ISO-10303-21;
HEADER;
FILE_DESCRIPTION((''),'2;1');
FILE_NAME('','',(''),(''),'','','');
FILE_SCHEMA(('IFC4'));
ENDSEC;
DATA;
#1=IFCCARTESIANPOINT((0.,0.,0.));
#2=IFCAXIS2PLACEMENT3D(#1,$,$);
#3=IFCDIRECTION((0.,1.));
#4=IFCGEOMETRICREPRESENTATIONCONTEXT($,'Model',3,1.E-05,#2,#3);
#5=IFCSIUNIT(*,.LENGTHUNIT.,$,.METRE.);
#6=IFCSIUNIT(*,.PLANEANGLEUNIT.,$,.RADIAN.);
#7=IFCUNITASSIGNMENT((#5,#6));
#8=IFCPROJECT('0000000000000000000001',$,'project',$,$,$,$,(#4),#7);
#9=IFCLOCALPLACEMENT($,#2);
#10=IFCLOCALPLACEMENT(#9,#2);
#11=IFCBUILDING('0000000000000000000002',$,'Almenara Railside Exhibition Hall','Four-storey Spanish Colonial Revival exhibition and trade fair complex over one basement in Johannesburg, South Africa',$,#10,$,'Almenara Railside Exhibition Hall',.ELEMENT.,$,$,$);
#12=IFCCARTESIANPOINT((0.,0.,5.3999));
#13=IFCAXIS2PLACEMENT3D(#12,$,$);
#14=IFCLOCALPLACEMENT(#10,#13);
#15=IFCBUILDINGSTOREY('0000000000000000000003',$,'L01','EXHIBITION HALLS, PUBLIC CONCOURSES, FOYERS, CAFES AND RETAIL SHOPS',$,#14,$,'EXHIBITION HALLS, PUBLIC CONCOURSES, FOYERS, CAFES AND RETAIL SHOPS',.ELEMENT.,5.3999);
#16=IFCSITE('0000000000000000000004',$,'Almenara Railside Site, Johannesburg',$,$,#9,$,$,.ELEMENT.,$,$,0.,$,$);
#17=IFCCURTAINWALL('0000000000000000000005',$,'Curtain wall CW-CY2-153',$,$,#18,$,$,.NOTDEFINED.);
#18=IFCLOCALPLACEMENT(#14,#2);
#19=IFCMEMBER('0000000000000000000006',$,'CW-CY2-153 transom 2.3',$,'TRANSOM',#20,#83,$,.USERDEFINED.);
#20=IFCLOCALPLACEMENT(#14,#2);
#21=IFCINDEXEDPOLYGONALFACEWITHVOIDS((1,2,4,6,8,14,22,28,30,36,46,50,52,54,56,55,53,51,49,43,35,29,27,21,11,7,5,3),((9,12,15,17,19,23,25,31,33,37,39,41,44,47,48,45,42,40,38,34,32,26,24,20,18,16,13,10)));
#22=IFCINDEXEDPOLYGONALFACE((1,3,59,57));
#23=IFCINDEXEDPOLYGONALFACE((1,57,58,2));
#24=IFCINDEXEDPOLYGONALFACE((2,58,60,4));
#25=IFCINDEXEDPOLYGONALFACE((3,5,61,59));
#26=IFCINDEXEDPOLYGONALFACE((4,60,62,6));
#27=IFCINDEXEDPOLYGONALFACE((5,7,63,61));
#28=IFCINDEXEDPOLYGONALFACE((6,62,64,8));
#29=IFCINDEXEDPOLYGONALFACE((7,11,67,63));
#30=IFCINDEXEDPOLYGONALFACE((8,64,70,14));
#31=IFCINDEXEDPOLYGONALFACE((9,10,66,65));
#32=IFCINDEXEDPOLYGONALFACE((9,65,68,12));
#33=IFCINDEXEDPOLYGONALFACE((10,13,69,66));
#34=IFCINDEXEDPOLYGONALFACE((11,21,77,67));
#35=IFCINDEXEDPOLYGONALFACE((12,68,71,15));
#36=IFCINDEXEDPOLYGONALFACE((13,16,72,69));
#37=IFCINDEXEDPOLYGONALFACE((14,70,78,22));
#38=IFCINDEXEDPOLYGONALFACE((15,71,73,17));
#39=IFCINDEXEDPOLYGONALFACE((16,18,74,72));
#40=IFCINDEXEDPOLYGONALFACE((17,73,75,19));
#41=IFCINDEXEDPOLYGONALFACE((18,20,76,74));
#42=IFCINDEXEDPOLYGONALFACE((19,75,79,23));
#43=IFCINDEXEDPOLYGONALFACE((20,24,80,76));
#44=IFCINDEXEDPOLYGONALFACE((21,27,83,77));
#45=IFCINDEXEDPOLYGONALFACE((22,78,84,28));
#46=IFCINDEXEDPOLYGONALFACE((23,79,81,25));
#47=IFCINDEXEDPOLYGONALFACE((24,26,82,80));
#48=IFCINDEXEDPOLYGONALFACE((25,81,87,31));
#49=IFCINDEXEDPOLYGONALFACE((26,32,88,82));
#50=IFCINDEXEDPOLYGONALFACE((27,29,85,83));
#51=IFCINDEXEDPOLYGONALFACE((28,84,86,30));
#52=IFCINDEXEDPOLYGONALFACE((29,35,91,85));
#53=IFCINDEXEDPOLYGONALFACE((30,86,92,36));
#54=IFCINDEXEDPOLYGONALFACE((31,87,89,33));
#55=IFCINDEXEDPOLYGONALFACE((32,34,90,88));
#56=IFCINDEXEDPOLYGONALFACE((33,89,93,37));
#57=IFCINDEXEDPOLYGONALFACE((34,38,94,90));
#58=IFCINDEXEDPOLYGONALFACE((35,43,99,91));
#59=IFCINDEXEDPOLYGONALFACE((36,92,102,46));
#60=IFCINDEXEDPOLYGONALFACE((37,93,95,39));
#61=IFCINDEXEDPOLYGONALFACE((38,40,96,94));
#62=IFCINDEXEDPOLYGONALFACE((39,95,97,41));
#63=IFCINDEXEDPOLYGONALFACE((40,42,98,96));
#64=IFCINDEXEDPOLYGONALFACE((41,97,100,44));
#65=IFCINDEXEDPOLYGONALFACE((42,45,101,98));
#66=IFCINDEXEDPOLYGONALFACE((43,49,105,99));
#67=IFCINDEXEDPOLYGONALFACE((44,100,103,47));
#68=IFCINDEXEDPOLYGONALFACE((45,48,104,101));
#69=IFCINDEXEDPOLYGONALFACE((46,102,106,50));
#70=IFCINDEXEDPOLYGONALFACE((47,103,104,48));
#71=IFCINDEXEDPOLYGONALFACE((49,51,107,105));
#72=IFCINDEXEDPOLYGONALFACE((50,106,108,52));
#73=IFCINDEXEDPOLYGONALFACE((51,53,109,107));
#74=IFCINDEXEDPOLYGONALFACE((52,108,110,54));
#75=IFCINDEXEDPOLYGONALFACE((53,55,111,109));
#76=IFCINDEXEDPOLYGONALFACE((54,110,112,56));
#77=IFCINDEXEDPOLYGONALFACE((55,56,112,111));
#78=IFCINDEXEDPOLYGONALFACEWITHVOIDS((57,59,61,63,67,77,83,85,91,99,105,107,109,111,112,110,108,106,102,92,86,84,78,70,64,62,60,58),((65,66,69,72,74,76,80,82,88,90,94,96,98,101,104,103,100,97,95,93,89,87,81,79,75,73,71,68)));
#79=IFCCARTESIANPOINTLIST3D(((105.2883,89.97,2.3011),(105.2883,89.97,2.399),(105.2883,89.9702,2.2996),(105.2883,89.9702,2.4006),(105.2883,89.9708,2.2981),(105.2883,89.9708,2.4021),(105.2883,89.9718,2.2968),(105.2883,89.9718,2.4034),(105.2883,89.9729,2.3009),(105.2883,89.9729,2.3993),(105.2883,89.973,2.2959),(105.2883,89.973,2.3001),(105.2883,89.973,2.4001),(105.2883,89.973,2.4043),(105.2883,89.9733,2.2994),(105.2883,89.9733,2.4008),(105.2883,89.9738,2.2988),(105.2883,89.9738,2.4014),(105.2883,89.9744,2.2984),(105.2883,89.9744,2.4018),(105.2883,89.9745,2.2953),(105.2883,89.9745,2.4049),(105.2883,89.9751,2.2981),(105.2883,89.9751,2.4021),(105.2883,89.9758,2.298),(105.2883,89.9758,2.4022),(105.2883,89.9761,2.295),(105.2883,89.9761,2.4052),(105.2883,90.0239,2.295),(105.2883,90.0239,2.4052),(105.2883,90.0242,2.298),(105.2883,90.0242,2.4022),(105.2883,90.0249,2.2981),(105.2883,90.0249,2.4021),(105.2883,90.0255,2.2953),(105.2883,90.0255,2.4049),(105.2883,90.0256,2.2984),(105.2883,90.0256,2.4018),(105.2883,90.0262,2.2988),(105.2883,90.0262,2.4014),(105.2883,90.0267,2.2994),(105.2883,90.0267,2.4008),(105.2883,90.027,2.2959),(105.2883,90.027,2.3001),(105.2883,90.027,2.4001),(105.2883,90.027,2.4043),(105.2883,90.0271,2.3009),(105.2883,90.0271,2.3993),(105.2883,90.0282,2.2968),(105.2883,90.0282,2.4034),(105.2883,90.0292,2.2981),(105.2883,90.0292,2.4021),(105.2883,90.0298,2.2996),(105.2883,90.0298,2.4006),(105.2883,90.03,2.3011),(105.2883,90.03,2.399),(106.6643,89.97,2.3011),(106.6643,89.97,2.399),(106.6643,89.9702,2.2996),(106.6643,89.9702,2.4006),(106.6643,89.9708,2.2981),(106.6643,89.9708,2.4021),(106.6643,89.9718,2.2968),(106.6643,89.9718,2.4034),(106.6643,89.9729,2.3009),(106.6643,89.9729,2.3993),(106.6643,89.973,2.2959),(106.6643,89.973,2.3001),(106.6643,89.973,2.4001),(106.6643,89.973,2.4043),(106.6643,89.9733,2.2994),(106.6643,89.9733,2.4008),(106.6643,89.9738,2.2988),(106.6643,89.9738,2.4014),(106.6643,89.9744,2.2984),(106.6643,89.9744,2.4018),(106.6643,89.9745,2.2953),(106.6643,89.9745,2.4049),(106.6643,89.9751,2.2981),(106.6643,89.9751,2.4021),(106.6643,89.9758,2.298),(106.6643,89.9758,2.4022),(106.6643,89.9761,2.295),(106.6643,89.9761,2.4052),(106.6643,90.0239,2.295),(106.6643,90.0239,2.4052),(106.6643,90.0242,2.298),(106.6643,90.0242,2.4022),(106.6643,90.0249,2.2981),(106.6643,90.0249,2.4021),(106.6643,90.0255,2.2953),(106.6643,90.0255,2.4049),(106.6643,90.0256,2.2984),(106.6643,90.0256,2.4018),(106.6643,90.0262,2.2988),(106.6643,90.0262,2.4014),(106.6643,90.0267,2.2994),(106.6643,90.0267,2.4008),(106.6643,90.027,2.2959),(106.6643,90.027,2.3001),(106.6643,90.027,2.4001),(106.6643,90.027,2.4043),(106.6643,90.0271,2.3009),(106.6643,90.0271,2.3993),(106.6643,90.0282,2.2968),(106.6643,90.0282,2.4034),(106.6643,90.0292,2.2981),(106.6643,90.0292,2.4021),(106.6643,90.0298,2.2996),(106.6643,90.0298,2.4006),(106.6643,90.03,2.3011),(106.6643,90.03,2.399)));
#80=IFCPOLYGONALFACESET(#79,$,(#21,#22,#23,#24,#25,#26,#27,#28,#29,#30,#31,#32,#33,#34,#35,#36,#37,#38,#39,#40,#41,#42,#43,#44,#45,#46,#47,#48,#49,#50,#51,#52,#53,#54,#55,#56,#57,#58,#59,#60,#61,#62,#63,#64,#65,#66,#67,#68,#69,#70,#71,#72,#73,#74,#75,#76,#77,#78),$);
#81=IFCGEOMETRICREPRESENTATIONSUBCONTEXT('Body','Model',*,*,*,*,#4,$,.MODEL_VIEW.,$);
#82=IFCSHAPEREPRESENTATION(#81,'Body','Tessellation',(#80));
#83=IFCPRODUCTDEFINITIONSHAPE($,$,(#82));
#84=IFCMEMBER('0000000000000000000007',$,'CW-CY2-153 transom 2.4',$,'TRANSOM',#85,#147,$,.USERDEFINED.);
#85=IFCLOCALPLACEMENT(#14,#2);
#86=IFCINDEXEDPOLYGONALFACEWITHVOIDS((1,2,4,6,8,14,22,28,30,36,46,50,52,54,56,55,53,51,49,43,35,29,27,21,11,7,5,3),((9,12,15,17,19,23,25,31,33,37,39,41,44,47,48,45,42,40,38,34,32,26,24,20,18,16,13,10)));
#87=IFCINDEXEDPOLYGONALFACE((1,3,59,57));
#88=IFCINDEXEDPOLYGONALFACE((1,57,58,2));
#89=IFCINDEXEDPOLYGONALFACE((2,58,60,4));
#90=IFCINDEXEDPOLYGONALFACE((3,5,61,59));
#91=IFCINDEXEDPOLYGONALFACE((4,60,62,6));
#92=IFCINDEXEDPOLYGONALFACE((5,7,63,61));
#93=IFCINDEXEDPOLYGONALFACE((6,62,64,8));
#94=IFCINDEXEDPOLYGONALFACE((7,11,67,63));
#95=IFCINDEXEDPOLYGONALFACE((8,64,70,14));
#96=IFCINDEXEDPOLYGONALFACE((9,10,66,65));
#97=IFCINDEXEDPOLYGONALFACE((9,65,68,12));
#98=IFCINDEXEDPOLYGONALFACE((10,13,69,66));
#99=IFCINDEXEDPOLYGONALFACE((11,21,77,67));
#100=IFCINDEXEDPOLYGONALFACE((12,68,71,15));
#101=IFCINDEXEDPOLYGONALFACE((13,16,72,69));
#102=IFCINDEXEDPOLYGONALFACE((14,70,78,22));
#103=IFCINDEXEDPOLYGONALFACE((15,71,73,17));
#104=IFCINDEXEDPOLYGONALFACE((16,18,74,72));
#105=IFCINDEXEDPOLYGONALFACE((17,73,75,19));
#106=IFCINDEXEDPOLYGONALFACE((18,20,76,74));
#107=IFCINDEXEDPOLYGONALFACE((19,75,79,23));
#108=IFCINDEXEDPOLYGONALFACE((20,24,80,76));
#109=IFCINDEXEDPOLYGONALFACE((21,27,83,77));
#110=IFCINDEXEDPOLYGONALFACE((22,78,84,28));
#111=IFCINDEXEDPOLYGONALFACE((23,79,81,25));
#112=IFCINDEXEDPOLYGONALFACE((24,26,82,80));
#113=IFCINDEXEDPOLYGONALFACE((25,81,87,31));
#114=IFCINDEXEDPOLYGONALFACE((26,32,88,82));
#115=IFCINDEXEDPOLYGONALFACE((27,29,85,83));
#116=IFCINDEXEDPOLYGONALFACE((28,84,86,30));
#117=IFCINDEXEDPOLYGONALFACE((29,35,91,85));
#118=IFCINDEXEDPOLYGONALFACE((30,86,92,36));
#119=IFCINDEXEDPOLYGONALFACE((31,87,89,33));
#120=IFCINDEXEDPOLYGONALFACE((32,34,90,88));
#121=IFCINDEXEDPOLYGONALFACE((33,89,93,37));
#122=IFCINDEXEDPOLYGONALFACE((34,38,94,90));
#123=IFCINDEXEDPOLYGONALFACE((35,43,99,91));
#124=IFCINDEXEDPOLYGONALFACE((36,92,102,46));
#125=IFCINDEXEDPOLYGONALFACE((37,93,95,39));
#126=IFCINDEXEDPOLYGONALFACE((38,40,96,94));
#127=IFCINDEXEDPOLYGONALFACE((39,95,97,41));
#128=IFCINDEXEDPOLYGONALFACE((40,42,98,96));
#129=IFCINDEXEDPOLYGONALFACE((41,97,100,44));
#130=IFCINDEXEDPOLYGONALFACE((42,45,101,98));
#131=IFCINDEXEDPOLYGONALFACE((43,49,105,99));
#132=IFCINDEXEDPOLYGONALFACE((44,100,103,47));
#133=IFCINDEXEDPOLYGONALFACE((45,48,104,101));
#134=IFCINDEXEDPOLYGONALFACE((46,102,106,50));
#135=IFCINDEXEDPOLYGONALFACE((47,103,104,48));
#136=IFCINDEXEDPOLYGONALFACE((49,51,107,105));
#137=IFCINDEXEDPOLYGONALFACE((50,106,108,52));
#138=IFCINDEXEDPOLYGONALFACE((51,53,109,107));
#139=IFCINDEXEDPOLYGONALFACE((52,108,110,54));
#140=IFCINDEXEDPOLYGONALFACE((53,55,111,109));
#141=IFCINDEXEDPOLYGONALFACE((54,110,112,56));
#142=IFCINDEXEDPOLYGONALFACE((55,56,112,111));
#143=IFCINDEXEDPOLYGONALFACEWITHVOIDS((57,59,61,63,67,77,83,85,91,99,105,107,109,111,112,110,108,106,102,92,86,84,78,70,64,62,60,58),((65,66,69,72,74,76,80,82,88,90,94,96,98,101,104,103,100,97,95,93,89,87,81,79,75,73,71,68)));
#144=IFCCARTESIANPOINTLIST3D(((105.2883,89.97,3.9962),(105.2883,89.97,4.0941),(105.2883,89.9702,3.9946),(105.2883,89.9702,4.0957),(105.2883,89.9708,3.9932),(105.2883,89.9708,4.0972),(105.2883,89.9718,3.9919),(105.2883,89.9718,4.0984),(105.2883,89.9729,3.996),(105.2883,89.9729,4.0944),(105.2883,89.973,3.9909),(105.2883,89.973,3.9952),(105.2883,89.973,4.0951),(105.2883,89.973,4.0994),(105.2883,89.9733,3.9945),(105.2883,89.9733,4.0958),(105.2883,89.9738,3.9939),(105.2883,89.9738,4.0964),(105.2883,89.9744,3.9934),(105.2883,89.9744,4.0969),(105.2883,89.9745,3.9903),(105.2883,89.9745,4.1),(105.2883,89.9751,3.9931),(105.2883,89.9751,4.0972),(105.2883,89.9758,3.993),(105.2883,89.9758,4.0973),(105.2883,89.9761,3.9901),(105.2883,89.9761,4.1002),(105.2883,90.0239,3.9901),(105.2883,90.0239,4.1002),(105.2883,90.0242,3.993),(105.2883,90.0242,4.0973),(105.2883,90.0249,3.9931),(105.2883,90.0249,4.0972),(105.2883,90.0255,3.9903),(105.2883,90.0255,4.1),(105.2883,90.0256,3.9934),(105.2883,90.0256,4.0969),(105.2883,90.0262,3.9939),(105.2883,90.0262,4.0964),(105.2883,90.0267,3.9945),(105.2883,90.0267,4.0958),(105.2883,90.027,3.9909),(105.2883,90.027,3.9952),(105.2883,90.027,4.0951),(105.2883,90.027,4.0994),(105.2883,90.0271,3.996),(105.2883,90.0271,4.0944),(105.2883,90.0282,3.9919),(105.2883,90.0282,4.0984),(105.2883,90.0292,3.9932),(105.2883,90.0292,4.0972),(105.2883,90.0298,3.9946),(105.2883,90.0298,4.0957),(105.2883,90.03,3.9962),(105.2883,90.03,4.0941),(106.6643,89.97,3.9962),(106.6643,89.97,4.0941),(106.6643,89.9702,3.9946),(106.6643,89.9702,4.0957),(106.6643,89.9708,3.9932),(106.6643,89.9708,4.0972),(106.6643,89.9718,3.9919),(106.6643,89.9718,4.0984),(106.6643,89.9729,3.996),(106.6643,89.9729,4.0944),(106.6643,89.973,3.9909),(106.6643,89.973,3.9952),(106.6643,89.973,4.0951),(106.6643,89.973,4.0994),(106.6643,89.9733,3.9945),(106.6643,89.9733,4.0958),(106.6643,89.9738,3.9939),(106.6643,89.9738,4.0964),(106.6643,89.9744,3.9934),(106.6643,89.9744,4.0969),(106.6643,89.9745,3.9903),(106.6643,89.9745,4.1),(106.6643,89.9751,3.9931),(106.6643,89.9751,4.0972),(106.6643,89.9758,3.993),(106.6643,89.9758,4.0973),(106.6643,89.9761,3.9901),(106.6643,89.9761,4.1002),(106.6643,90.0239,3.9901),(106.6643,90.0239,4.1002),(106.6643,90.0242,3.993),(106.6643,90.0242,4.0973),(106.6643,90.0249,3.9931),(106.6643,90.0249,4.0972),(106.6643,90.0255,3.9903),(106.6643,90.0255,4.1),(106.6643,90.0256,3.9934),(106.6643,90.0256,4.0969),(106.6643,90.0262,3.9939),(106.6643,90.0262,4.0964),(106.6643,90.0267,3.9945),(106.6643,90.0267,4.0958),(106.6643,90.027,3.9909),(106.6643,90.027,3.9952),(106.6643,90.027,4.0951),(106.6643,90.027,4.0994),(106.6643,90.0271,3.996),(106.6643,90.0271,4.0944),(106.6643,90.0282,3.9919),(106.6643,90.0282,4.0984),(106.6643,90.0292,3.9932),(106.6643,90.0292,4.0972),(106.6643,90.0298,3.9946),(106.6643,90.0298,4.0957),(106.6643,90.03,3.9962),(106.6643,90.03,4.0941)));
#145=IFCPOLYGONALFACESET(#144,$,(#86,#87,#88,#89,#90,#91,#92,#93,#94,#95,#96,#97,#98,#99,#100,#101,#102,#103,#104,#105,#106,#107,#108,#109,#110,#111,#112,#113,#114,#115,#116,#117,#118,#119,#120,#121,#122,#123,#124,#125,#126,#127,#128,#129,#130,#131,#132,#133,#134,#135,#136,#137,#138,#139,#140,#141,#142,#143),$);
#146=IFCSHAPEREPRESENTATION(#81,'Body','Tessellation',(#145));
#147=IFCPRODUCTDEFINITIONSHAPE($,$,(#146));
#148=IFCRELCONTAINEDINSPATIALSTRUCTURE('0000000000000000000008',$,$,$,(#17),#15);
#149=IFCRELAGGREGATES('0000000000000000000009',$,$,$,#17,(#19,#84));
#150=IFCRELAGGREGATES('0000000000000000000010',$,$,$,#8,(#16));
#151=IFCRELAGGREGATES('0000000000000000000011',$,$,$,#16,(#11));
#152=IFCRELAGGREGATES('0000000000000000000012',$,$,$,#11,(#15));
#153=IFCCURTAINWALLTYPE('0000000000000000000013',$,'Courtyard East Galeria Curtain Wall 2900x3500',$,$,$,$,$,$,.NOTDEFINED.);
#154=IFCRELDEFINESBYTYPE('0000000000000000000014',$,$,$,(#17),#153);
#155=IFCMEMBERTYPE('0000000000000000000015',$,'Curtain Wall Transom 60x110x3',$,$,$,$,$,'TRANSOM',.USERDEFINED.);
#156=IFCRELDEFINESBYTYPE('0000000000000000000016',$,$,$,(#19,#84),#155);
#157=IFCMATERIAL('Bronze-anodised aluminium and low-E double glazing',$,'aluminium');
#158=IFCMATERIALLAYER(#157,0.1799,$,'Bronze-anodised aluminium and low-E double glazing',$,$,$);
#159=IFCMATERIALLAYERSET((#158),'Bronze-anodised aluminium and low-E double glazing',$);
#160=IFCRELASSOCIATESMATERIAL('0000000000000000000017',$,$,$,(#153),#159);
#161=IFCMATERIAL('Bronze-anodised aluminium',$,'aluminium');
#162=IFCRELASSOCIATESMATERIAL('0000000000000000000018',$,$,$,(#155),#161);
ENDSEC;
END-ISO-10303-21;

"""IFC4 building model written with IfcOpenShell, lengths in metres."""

from ifc_helpers import new_model, si_unit, direction, frame, origin, origin_2d, place, context, subcontext, project, spatial, hollow_rectangle, extrude, material, layer, layer_set, material_profile, profile_set, type_object, element, aggregate, save


model = new_model("IFC4")

# Units and contexts
model_context = context("Model", 3, precision=1e-05, world=origin(), true_north=direction((0.0, 1.0)))
body_context = subcontext(model_context, "Body", "Model", "MODEL_VIEW")
ifc_project = project(units=[si_unit("LENGTHUNIT", "METRE"), si_unit("PLANEANGLEUNIT", "RADIAN")], contexts=[model_context])

# Site, building, storey
site_placement = place(None, origin())
site = spatial("IfcSite", under=ifc_project, at=site_placement, Name="Almenara Railside Site, Johannesburg", CompositionType="ELEMENT", RefElevation=0.0)
building_placement = place(site_placement, origin())
building = spatial("IfcBuilding", under=site, at=building_placement, Name="Almenara Railside Exhibition Hall", Description="Four-storey Spanish Colonial Revival exhibition and trade fair complex over one basement in Johannesburg, South Africa", LongName="Almenara Railside Exhibition Hall", CompositionType="ELEMENT")
storey_placement = place(building_placement, frame((0.0, 0.0, 5.3999)))
storey = spatial("IfcBuildingStorey", under=building, at=storey_placement, Name="L01", Description="EXHIBITION HALLS, PUBLIC CONCOURSES, FOYERS, CAFES AND RETAIL SHOPS", LongName="EXHIBITION HALLS, PUBLIC CONCOURSES, FOYERS, CAFES AND RETAIL SHOPS", CompositionType="ELEMENT", Elevation=5.3999)

# Curtain wall
ifc_material_1 = material(Name="Bronze-anodised aluminium and low-E double glazing", Category="aluminium")
ifc_layer_1 = layer(ifc_material_1, 0.1799, Name="Bronze-anodised aluminium and low-E double glazing")
ifc_layer_set_1 = layer_set([ifc_layer_1], Name="Bronze-anodised aluminium and low-E double glazing")
curtain_wall_type_1 = type_object("IfcCurtainWallType", Name="Courtyard East Galeria Curtain Wall 2900x3500", PredefinedType="NOTDEFINED", material=ifc_layer_set_1)
curtain_wall_1_placement = place(storey_placement, origin())
curtain_wall_1 = element("IfcCurtainWall", 1, at=curtain_wall_1_placement, inside=storey, type_object=curtain_wall_type_1, Name="Curtain wall CW-CY2-153", PredefinedType="NOTDEFINED")
ifc_material_2 = material(Name="Bronze-anodised aluminium", Category="aluminium")

# Members
ifc_material_profile_1 = material_profile(ifc_material_2, hollow_rectangle(XDim=0.0601, YDim=0.1101, WallThickness=0.0029, InnerFilletRadius=0.0029, OuterFilletRadius=0.0061, at=origin_2d()), Name="ALU-TRN 60x110x3")
ifc_profile_set_1 = profile_set([ifc_material_profile_1], Name="Bronze-anodised aluminium")
member_type_1 = type_object("IfcMemberType", Name="Curtain Wall Transom 60x110x3", ElementType="TRANSOM", PredefinedType="USERDEFINED", material=ifc_profile_set_1)
member_1_placement = place(storey_placement, frame((106.6643, 90.0, 2.3501), z_axis=(-1.0, 0.0, 0.0), x_axis=(0.0, -1.0, 0.0)))
member_1 = element("IfcMember", 2, at=member_1_placement, type_object=member_type_1, Name="CW-CY2-153 transom 2.3", ObjectType="TRANSOM", PredefinedType="USERDEFINED", context=body_context, shape_type="SweptSolid", body=[
    extrude(hollow_rectangle(XDim=0.0601, YDim=0.1101, WallThickness=0.0029, InnerFilletRadius=0.0029, OuterFilletRadius=0.0061, at=origin_2d()), origin(), (0.0, 0.0, 1.0), 1.376),
])
member_2_placement = place(storey_placement, frame((106.6643, 90.0, 4.0452), z_axis=(-1.0, 0.0, 0.0), x_axis=(0.0, -1.0, 0.0)))
member_2 = element("IfcMember", 3, at=member_2_placement, type_object=member_type_1, Name="CW-CY2-153 transom 2.4", ObjectType="TRANSOM", PredefinedType="USERDEFINED", context=body_context, shape_type="SweptSolid", body=[
    extrude(hollow_rectangle(XDim=0.0601, YDim=0.1101, WallThickness=0.0029, InnerFilletRadius=0.0029, OuterFilletRadius=0.0061, at=origin_2d()), origin(), (0.0, 0.0, 1.0), 1.376),
])

aggregate(curtain_wall_1, [member_1, member_2])

save(model, "model.ifc")
